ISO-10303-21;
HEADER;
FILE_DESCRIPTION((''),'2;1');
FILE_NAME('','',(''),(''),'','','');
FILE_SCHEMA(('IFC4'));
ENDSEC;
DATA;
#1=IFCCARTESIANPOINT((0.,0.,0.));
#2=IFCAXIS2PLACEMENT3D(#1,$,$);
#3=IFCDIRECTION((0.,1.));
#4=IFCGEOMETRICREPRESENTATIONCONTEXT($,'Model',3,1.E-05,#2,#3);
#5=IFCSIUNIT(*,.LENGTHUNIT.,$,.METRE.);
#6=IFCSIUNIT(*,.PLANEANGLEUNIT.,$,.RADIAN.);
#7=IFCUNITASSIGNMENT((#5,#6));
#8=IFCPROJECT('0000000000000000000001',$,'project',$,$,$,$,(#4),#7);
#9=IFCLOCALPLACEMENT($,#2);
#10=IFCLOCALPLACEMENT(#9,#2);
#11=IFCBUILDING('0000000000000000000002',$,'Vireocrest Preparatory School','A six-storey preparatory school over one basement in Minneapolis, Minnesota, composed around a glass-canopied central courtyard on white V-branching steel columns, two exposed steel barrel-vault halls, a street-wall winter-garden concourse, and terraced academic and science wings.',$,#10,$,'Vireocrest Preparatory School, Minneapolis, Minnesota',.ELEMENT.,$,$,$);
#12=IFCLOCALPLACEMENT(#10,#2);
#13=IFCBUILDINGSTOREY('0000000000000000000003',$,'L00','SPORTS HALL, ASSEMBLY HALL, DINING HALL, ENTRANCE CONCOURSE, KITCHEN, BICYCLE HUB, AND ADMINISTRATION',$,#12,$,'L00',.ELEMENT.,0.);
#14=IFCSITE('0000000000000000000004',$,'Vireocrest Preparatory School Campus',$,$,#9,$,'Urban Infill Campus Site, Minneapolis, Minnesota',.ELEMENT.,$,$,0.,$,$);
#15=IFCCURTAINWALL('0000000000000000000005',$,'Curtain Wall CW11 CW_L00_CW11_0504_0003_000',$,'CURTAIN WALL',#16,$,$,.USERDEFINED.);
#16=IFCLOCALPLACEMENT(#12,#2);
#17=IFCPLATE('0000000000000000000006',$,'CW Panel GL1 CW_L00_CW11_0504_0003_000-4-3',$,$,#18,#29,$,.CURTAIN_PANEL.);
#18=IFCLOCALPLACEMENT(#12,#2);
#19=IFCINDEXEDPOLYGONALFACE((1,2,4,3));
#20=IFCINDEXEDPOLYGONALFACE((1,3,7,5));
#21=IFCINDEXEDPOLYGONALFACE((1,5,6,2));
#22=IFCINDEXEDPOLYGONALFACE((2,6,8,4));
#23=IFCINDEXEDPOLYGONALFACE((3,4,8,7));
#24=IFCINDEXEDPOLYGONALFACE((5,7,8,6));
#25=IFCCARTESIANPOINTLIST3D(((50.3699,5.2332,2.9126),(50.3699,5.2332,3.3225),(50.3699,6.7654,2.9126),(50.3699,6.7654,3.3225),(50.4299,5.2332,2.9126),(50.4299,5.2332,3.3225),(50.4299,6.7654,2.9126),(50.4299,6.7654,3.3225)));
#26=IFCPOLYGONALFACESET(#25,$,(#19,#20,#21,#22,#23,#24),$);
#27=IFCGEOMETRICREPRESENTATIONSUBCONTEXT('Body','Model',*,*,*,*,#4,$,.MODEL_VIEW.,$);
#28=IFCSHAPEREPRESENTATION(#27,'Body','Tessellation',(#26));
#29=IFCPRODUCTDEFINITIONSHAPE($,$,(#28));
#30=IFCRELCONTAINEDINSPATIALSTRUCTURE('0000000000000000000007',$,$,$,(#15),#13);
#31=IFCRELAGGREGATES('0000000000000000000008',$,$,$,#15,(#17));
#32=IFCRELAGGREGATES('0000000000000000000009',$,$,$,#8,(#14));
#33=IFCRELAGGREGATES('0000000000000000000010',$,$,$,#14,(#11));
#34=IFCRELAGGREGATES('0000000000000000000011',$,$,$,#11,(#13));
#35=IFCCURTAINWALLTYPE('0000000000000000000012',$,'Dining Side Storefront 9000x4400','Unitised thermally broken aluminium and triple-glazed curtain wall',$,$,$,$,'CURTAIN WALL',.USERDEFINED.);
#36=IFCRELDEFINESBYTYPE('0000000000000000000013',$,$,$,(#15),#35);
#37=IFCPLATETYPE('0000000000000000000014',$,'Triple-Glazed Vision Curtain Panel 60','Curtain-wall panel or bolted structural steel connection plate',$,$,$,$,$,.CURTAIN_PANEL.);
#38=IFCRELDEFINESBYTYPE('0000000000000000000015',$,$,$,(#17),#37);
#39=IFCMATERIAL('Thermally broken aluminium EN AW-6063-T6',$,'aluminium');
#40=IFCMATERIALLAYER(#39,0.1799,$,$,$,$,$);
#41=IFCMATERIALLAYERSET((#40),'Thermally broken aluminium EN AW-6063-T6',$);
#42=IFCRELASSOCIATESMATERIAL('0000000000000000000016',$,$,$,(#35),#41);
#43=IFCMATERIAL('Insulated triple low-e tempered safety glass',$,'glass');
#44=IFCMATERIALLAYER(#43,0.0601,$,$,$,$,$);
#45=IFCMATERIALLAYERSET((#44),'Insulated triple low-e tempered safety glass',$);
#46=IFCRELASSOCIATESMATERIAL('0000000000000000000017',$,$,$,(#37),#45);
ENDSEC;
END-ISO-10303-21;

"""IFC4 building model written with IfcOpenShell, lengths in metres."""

from ifc_helpers import new_model, si_unit, direction, frame, origin, origin_2d, place, context, subcontext, project, spatial, rectangle, extrude, material, layer, layer_set, type_object, element, aggregate, save


model = new_model("IFC4")

# Units and contexts
model_context = context("Model", 3, precision=1e-05, world=origin(), true_north=direction((0.0, 1.0)))
body_context = subcontext(model_context, "Body", "Model", "MODEL_VIEW")
ifc_project = project(units=[si_unit("LENGTHUNIT", "METRE"), si_unit("PLANEANGLEUNIT", "RADIAN")], contexts=[model_context])

# Site, building, storey
site_placement = place(None, origin())
site = spatial("IfcSite", under=ifc_project, at=site_placement, Name="Vireocrest Preparatory School Campus", LongName="Urban Infill Campus Site, Minneapolis, Minnesota", CompositionType="ELEMENT", RefElevation=0.0)
building_placement = place(site_placement, origin())
building = spatial("IfcBuilding", under=site, at=building_placement, Name="Vireocrest Preparatory School", Description="A six-storey preparatory school over one basement in Minneapolis, Minnesota, composed around a glass-canopied central courtyard on white V-branching steel columns, two exposed steel barrel-vault halls, a street-wall winter-garden concourse, and terraced academic and science wings.", LongName="Vireocrest Preparatory School, Minneapolis, Minnesota", CompositionType="ELEMENT")
storey_placement = place(building_placement, origin())
storey = spatial("IfcBuildingStorey", under=building, at=storey_placement, Name="L00", Description="SPORTS HALL, ASSEMBLY HALL, DINING HALL, ENTRANCE CONCOURSE, KITCHEN, BICYCLE HUB, AND ADMINISTRATION", LongName="L00", CompositionType="ELEMENT", Elevation=0.0)

# Curtain wall
ifc_material_1 = material(Name="Thermally broken aluminium EN AW-6063-T6", Category="aluminium")
ifc_layer_1 = layer(ifc_material_1, 0.1799)
ifc_layer_set_1 = layer_set([ifc_layer_1], Name="Thermally broken aluminium EN AW-6063-T6")
curtain_wall_type = type_object("IfcCurtainWallType", Name="Dining Side Storefront 9000x4400", Description="Unitised thermally broken aluminium and triple-glazed curtain wall", ElementType="CURTAIN WALL", PredefinedType="USERDEFINED", material=ifc_layer_set_1)
curtain_wall_placement = place(storey_placement, origin())
curtain_wall = element("IfcCurtainWall", 1, at=curtain_wall_placement, inside=storey, type_object=curtain_wall_type, Name="Curtain Wall CW11 CW_L00_CW11_0504_0003_000", ObjectType="CURTAIN WALL", PredefinedType="USERDEFINED")

# Plate
ifc_material_2 = material(Name="Insulated triple low-e tempered safety glass", Category="glass")
ifc_layer_2 = layer(ifc_material_2, 0.0601)
ifc_layer_set_2 = layer_set([ifc_layer_2], Name="Insulated triple low-e tempered safety glass")
plate_type_1 = type_object("IfcPlateType", Name="Triple-Glazed Vision Curtain Panel 60", Description="Curtain-wall panel or bolted structural steel connection plate", PredefinedType="CURTAIN_PANEL", material=ifc_layer_set_2)
plate_1_placement = place(storey_placement, frame((50.3999, 5.9993, 2.9126), z_axis=(0.0, 0.0, 1.0), x_axis=(0.0, 1.0, 0.0)))
plate_1 = element("IfcPlate", 2, at=plate_1_placement, type_object=plate_type_1, Name="CW Panel GL1 CW_L00_CW11_0504_0003_000-4-3", PredefinedType="CURTAIN_PANEL", context=body_context, shape_type="SweptSolid", body=[
    extrude(rectangle(XDim=1.5322, YDim=0.0601, at=origin_2d()), origin(), (0.0, 0.0, 1.0), 0.4099),
])
aggregate(curtain_wall, [plate_1])

save(model, "model.ifc")
